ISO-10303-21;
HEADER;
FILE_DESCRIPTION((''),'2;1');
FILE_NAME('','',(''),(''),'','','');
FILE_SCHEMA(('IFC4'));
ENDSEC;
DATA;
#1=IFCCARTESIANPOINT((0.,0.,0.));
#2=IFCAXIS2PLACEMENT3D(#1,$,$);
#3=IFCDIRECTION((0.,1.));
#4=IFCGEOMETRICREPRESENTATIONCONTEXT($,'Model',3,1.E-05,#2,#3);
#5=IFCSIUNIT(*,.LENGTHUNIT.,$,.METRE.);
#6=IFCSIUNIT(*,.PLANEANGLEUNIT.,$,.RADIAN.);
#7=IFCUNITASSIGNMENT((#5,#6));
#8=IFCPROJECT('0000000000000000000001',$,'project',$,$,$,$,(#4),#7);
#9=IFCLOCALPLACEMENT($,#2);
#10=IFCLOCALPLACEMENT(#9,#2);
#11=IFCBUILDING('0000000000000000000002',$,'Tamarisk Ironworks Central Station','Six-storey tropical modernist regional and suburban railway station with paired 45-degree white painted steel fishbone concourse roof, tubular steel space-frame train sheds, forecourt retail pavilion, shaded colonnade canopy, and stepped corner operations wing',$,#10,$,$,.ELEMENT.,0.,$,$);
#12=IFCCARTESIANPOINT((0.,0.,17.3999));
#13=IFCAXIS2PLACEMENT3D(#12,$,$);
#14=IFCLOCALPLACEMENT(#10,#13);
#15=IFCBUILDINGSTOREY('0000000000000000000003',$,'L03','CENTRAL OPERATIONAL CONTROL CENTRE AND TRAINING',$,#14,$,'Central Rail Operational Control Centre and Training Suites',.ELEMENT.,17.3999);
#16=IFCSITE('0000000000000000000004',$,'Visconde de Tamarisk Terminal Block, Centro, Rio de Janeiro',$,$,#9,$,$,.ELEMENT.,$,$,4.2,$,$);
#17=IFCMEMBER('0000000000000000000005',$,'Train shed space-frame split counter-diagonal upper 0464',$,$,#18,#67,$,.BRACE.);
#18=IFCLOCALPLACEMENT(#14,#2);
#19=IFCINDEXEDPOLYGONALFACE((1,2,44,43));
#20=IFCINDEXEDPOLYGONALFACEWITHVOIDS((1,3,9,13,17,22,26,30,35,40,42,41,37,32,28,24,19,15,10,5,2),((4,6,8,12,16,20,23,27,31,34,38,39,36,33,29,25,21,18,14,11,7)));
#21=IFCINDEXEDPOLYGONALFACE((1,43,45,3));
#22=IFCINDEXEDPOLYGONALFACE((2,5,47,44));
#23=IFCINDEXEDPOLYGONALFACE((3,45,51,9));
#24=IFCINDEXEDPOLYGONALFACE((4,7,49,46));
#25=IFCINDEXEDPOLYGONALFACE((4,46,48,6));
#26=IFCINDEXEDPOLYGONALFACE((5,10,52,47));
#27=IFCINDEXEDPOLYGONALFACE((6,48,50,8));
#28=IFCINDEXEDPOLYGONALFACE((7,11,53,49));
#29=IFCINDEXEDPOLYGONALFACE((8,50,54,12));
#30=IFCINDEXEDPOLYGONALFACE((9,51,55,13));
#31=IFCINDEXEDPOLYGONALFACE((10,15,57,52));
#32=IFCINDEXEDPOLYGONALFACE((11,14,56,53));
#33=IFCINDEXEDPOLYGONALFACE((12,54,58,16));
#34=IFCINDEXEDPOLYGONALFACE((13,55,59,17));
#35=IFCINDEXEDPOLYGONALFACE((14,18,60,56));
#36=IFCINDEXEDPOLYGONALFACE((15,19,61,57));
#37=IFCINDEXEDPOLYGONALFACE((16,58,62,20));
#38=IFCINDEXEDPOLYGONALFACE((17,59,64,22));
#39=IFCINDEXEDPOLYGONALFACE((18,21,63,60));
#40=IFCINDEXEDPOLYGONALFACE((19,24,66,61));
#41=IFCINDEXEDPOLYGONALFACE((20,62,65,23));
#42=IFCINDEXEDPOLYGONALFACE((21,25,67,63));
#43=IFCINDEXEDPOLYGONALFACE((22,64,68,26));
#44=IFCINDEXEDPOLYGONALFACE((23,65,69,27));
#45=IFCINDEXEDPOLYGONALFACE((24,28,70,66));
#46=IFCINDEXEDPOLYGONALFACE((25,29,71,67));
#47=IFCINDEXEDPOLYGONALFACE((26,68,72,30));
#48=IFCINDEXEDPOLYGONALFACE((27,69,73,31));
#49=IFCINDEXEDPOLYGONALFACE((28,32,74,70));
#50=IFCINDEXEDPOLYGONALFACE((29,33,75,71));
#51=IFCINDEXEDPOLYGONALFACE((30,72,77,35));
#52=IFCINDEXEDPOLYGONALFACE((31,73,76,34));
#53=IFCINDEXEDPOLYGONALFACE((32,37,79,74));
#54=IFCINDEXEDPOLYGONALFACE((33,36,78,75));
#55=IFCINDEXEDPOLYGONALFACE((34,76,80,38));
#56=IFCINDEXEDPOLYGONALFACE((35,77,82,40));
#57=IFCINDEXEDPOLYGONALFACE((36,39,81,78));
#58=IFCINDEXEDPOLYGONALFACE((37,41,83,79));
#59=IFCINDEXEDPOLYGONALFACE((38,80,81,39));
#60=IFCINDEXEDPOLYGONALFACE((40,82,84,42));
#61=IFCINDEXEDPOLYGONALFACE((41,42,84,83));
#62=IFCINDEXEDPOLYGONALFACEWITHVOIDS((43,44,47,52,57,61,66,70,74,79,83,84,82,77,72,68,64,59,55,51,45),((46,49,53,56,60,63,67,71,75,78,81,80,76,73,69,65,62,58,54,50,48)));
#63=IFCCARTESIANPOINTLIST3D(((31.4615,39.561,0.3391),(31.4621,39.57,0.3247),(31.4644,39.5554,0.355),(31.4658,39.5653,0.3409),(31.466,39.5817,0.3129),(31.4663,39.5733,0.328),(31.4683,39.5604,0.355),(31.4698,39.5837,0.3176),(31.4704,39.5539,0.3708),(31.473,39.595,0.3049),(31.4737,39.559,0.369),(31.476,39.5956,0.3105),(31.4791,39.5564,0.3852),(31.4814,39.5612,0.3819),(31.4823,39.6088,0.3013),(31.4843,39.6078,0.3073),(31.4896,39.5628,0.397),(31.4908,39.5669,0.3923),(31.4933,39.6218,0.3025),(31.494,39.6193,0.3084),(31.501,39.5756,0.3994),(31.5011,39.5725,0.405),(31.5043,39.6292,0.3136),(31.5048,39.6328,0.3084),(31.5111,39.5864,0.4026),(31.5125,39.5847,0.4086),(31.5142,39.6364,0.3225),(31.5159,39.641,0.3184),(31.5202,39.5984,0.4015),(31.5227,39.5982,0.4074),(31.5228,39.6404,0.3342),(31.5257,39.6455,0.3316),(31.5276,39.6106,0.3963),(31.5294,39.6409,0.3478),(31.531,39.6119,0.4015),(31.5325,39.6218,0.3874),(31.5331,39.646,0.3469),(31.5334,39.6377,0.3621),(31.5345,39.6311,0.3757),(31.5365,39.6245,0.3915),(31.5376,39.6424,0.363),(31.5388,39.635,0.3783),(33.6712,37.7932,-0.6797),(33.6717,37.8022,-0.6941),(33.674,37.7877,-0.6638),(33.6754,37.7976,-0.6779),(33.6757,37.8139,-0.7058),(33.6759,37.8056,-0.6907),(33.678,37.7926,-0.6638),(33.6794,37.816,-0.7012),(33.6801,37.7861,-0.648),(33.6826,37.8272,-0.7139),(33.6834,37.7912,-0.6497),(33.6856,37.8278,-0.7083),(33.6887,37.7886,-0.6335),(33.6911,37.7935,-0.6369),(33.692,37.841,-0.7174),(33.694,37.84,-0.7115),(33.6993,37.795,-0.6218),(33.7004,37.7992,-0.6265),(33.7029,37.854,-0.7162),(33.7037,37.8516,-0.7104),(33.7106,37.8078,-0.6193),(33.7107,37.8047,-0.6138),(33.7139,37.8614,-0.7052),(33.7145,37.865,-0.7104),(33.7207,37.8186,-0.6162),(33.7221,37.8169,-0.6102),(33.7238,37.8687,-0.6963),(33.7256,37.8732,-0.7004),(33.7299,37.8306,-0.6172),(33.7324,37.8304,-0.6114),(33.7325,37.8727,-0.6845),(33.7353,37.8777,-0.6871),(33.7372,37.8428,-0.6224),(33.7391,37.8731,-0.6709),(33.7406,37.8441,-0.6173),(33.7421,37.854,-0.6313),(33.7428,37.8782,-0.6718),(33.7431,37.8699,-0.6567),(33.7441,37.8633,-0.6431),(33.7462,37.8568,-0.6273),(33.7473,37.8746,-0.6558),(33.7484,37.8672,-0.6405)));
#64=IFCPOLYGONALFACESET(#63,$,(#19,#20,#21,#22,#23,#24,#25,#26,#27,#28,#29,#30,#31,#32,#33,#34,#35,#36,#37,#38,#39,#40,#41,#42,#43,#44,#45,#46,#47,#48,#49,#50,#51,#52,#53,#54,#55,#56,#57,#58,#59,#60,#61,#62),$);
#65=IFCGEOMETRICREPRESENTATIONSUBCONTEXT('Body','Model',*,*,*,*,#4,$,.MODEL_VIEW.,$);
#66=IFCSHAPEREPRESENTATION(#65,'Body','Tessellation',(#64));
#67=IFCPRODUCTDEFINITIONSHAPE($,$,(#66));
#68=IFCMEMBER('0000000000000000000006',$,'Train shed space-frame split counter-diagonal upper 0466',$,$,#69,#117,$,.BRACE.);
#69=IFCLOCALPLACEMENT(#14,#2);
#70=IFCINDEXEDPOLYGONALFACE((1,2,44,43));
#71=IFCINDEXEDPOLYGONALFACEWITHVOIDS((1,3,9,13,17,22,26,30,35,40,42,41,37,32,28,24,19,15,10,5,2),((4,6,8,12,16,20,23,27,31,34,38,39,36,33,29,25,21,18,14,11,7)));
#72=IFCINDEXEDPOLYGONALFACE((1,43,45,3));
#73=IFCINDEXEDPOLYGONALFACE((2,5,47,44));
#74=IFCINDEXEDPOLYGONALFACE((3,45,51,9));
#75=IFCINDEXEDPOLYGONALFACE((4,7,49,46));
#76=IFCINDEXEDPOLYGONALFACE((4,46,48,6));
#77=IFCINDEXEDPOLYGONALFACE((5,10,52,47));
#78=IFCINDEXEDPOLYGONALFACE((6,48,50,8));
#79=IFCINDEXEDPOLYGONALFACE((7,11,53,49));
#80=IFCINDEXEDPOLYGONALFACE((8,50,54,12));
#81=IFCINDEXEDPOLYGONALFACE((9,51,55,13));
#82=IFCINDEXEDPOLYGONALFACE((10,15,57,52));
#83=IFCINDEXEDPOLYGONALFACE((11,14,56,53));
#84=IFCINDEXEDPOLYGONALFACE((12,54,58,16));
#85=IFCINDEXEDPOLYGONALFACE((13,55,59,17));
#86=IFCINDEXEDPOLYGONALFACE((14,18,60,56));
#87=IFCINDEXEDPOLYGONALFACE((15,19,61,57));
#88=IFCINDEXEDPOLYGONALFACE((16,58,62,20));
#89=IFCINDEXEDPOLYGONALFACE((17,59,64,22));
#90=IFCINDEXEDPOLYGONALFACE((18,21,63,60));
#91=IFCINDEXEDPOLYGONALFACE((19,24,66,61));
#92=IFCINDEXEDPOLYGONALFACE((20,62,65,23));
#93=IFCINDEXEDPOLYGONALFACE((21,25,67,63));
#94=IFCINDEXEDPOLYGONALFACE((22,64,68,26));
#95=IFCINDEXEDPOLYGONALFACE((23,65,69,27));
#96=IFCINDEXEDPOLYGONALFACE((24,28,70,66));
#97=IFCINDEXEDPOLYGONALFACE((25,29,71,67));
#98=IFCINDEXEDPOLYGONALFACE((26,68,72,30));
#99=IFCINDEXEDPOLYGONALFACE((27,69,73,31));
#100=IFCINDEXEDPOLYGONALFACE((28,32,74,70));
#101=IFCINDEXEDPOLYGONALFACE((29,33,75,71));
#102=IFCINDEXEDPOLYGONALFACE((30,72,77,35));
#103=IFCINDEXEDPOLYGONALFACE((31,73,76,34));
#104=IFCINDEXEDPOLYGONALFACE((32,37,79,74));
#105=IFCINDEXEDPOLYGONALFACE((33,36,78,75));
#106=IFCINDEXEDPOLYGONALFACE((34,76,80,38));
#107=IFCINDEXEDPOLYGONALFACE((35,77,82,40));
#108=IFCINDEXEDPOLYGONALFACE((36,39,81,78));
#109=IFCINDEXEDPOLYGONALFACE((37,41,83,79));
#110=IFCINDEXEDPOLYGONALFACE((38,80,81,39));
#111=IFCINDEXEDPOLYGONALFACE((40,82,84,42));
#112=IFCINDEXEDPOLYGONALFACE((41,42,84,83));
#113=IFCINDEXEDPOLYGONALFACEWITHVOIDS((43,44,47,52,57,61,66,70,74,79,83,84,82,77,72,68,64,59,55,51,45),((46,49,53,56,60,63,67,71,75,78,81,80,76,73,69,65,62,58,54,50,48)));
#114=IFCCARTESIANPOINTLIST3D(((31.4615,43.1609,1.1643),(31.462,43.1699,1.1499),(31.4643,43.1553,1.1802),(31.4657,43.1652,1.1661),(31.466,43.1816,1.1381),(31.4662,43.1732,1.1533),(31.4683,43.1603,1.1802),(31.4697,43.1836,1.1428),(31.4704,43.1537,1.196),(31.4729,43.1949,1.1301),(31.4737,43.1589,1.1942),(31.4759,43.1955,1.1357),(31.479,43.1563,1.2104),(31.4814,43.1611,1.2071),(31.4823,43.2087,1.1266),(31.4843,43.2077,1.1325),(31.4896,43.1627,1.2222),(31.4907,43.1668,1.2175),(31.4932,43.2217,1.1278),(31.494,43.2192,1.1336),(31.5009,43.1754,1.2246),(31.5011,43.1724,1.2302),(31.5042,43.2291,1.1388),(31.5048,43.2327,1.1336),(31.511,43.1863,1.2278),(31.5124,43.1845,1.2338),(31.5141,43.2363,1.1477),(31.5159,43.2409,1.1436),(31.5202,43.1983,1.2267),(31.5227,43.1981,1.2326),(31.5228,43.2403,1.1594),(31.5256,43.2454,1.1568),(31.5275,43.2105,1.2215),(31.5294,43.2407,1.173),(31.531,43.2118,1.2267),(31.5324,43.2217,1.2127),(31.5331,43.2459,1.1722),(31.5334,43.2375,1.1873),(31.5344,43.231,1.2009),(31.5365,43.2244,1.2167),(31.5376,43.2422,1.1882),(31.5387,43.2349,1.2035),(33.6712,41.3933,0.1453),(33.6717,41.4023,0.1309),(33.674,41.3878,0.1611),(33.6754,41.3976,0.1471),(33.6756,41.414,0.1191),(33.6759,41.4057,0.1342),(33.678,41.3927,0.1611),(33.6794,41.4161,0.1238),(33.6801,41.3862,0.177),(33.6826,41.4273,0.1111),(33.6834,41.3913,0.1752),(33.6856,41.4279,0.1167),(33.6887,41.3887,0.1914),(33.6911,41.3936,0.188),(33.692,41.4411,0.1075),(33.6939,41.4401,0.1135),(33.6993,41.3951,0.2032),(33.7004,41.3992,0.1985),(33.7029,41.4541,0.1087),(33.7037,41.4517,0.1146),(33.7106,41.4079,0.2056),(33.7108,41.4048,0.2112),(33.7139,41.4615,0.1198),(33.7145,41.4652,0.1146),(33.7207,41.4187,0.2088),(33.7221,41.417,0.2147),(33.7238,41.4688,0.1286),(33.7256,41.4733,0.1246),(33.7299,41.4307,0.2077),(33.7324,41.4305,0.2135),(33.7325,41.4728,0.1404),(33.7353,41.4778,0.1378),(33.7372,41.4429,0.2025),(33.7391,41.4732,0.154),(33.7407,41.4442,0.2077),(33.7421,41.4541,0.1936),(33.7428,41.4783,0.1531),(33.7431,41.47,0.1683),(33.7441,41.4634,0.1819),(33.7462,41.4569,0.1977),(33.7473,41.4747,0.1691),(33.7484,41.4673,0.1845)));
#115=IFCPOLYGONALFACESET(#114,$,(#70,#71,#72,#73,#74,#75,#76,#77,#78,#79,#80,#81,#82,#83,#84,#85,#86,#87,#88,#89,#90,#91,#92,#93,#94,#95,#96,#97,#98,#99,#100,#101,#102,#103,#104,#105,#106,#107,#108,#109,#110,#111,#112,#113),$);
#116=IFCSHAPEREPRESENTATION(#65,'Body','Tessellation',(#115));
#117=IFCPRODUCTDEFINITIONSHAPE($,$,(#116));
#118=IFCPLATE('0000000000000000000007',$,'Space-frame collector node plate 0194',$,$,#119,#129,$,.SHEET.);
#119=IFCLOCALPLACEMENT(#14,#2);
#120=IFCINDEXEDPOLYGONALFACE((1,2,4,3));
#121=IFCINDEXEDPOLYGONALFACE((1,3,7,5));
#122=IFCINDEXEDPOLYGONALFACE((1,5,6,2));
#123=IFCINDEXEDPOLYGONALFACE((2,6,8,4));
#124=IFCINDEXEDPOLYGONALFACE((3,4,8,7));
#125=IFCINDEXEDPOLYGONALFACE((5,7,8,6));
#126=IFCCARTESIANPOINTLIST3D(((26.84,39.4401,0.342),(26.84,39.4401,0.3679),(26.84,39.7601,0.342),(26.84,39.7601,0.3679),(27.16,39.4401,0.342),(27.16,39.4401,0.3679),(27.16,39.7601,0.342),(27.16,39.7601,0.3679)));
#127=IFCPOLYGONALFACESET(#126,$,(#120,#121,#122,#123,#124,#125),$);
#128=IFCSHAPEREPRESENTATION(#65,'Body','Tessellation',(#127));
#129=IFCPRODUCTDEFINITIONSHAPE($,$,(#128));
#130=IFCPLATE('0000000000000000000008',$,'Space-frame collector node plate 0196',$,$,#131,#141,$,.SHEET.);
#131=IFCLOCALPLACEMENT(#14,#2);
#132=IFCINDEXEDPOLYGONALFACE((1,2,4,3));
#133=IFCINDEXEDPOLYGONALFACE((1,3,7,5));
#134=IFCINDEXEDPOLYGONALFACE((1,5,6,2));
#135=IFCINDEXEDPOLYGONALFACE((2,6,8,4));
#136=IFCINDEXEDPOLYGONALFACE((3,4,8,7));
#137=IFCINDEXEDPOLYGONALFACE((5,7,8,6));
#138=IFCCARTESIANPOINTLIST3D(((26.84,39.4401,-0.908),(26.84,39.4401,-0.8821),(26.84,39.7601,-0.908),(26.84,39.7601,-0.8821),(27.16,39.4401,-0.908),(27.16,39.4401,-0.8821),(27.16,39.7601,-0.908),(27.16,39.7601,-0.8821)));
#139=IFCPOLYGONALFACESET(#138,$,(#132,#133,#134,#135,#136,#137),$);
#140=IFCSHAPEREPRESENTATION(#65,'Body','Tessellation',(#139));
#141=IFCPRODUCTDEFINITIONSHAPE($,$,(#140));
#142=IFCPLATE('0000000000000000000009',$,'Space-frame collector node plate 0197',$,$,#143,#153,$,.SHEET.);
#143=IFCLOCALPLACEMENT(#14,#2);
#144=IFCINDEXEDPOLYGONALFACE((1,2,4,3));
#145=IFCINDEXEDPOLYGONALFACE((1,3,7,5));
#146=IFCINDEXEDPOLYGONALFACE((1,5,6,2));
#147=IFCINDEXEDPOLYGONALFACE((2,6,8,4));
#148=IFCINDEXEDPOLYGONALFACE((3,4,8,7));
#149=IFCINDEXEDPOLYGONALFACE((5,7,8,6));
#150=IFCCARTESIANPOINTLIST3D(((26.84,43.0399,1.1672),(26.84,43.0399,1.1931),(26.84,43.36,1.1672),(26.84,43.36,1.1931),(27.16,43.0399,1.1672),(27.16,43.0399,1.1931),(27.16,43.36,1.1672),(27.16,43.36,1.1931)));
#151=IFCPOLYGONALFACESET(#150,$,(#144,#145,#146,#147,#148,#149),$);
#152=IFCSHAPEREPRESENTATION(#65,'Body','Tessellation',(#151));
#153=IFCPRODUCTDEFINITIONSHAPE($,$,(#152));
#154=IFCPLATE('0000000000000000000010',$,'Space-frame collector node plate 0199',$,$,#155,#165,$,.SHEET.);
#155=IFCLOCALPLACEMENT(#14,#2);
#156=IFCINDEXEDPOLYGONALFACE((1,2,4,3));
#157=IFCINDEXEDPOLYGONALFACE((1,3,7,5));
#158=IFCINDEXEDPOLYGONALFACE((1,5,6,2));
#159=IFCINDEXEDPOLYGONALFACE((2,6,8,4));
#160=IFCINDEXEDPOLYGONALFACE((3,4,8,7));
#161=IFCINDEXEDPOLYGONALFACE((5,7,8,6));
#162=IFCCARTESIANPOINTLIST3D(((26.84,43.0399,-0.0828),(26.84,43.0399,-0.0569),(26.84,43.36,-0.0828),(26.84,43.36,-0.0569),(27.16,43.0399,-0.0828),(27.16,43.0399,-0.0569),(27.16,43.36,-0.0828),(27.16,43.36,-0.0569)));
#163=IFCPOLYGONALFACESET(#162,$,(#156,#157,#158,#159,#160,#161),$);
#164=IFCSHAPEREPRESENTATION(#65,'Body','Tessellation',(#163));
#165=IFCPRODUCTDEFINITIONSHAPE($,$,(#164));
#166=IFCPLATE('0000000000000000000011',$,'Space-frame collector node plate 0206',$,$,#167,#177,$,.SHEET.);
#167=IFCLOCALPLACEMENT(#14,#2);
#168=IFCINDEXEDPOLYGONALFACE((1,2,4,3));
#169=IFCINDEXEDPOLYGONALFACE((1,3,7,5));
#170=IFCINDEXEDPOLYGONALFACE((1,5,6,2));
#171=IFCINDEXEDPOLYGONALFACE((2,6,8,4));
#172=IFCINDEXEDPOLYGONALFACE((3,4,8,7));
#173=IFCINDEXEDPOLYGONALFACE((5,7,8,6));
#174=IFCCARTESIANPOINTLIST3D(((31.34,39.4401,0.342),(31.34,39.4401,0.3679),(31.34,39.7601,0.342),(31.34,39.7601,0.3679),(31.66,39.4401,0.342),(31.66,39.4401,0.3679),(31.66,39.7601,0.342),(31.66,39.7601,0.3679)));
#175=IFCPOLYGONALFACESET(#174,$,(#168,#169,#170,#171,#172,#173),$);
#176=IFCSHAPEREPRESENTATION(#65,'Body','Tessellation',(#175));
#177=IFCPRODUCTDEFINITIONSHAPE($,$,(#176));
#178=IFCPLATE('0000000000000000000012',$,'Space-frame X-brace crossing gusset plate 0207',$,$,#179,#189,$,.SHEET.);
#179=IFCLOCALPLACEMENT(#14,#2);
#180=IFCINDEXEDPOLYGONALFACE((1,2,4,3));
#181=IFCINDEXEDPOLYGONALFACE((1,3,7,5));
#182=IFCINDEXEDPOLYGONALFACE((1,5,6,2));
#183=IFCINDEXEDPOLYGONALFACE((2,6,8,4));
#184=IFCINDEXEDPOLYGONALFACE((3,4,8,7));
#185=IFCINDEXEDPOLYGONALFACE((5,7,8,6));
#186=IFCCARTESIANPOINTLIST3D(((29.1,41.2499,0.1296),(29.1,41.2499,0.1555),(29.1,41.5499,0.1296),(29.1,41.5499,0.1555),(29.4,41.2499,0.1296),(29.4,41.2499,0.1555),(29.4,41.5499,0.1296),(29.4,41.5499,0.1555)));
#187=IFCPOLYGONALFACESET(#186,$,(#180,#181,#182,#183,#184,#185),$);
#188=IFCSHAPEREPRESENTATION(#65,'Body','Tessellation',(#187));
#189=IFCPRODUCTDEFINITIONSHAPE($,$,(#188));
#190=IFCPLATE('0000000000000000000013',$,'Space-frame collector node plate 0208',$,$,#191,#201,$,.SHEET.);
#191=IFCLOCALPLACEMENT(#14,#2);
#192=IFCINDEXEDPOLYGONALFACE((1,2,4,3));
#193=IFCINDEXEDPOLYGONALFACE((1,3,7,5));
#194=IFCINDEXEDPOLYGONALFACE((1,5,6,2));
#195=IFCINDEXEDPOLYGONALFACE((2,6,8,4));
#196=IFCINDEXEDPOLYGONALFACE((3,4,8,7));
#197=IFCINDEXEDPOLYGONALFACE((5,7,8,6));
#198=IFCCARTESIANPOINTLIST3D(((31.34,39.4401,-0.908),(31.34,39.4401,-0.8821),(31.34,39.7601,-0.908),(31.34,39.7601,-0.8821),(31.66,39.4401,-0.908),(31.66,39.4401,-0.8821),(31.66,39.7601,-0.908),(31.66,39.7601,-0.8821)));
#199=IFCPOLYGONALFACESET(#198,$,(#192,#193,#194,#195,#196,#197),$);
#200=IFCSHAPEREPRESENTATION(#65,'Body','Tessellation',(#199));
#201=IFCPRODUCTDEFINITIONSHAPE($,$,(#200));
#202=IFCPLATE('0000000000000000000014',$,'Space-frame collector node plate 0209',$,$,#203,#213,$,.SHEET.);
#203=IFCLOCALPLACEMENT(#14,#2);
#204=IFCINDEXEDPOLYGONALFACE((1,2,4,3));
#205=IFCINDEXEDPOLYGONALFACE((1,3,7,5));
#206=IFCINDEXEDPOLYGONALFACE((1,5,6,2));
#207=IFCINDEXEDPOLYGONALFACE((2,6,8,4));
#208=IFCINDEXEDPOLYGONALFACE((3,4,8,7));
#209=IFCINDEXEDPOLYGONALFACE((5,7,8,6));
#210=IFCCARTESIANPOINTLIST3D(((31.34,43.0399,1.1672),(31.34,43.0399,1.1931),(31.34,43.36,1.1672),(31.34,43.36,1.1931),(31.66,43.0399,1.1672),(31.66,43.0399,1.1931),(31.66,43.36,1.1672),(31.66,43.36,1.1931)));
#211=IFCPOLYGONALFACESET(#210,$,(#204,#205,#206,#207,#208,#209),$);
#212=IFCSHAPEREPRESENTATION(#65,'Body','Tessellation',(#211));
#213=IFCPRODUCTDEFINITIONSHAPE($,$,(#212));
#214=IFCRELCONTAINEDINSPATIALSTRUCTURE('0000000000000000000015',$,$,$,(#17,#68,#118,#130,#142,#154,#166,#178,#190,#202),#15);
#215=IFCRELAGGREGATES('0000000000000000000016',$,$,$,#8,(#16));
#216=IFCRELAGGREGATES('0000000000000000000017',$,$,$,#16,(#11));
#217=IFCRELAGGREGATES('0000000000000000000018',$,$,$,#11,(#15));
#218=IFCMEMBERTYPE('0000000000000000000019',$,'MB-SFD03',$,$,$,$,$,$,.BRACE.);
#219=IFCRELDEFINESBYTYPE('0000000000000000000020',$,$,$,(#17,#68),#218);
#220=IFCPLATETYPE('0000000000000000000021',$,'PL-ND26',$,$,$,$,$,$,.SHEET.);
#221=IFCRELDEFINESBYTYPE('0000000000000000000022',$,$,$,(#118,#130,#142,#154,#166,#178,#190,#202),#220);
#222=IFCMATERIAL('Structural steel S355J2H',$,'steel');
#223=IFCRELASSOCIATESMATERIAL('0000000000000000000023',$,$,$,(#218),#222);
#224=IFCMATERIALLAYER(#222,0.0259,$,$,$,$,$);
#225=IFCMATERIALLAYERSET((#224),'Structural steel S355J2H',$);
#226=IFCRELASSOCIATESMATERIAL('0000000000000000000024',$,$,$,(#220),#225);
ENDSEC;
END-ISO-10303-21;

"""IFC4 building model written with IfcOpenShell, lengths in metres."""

from ifc_helpers import new_model, si_unit, direction, frame, origin, origin_2d, place, context, subcontext, project, spatial, rectangle, hollow_circle, extrude, material, layer, layer_set, material_profile, profile_set, type_object, element, save


model = new_model("IFC4")

# Units and contexts
model_context = context("Model", 3, precision=1e-05, world=origin(), true_north=direction((0.0, 1.0)))
body_context = subcontext(model_context, "Body", "Model", "MODEL_VIEW")
ifc_project = project(units=[si_unit("LENGTHUNIT", "METRE"), si_unit("PLANEANGLEUNIT", "RADIAN")], contexts=[model_context])

# Site, building, storey
site_placement = place(None, origin())
site = spatial("IfcSite", under=ifc_project, at=site_placement, Name="Visconde de Tamarisk Terminal Block, Centro, Rio de Janeiro", CompositionType="ELEMENT", RefElevation=4.2)
building_placement = place(site_placement, origin())
building = spatial("IfcBuilding", under=site, at=building_placement, Name="Tamarisk Ironworks Central Station", Description="Six-storey tropical modernist regional and suburban railway station with paired 45-degree white painted steel fishbone concourse roof, tubular steel space-frame train sheds, forecourt retail pavilion, shaded colonnade canopy, and stepped corner operations wing", CompositionType="ELEMENT", ElevationOfRefHeight=0.0)
storey_placement = place(building_placement, frame((0.0, 0.0, 17.3999)))
storey = spatial("IfcBuildingStorey", under=building, at=storey_placement, Name="L03", Description="CENTRAL OPERATIONAL CONTROL CENTRE AND TRAINING", LongName="Central Rail Operational Control Centre and Training Suites", CompositionType="ELEMENT", Elevation=17.3999)

# Members
ifc_material = material(Name="Structural steel S355J2H", Category="steel")
ifc_material_profile_1 = material_profile(ifc_material, hollow_circle(Radius=0.0571, WallThickness=0.0063, at=origin_2d()), Name="CHS 114.3x6.3")
ifc_profile_set_1 = profile_set([ifc_material_profile_1], Name="Structural steel S355J2H")
member_type_1 = type_object("IfcMemberType", Name="MB-SFD03", PredefinedType="BRACE", material=ifc_profile_set_1)
for number, where, z_axis, x_axis, name in (
    (1, (33.7097, 37.8323, -0.6638), (-0.734697, 0.587774, 0.338735), (-0.624706, -0.78086, 0.0), "Train shed space-frame split counter-diagonal upper 0464"),
    (2, (33.7097, 41.4324, 0.1611), (-0.734712, 0.587705, 0.338823), (-0.624653, -0.780902, 0.0), "Train shed space-frame split counter-diagonal upper 0466"),
):
    element("IfcMember", number, at=place(storey_placement, frame(where, z_axis=z_axis, x_axis=x_axis)), inside=storey, type_object=member_type_1, Name=name, PredefinedType="BRACE", context=body_context, shape_type="SweptSolid", body=[
        extrude(hollow_circle(Radius=0.0571, WallThickness=0.0063, at=origin_2d()), origin(), (0.0, 0.0, 1.0), 3.0076),
    ])

# Plates
ifc_layer = layer(ifc_material, 0.0259)
ifc_layer_set = layer_set([ifc_layer], Name="Structural steel S355J2H")
plate_type = type_object("IfcPlateType", Name="PL-ND26", PredefinedType="SHEET", material=ifc_layer_set)
for number, where, z_axis, x_axis, name in (
    (3, (27.0, 39.6001, 0.342), (0.0, 0.0, 1.0), (1.0, 0.0, 0.0), "Space-frame collector node plate 0194"),
    (4, (27.0, 39.6001, -0.908), (0.0, 0.0, 1.0), (1.0, 0.0, 0.0), "Space-frame collector node plate 0196"),
    (5, (27.0, 43.2, 1.1672), (0.0, 0.0, 1.0), (1.0, 0.0, 0.0), "Space-frame collector node plate 0197"),
    (6, (27.0, 43.2, -0.0828), (0.0, 0.0, 1.0), (1.0, 0.0, 0.0), "Space-frame collector node plate 0199"),
    (7, (31.5, 39.6001, 0.342), (0.0, 0.0, 1.0), (1.0, 0.0, 0.0), "Space-frame collector node plate 0206"),
):
    element("IfcPlate", number, at=place(storey_placement, frame(where, z_axis=z_axis, x_axis=x_axis)), inside=storey, type_object=plate_type, Name=name, PredefinedType="SHEET", context=body_context, shape_type="SweptSolid", body=[
        extrude(rectangle(XDim=0.3201, YDim=0.3201, at=origin_2d()), origin(), (0.0, 0.0, 1.0), 0.0259),
    ])
plate_1_placement = place(storey_placement, frame((29.25, 41.3999, 0.1296), z_axis=(0.0, 0.0, 1.0), x_axis=(1.0, 0.0, 0.0)))
element("IfcPlate", 8, at=plate_1_placement, inside=storey, type_object=plate_type, Name="Space-frame X-brace crossing gusset plate 0207", PredefinedType="SHEET", context=body_context, shape_type="SweptSolid", body=[
    extrude(rectangle(XDim=0.3, YDim=0.3, at=origin_2d()), origin(), (0.0, 0.0, 1.0), 0.0259),
])
for number, where, z_axis, x_axis, name in (
    (9, (31.5, 39.6001, -0.908), (0.0, 0.0, 1.0), (1.0, 0.0, 0.0), "Space-frame collector node plate 0208"),
    (10, (31.5, 43.2, 1.1672), (0.0, 0.0, 1.0), (1.0, 0.0, 0.0), "Space-frame collector node plate 0209"),
):
    element("IfcPlate", number, at=place(storey_placement, frame(where, z_axis=z_axis, x_axis=x_axis)), inside=storey, type_object=plate_type, Name=name, PredefinedType="SHEET", context=body_context, shape_type="SweptSolid", body=[
        extrude(rectangle(XDim=0.3201, YDim=0.3201, at=origin_2d()), origin(), (0.0, 0.0, 1.0), 0.0259),
    ])

save(model, "model.ifc")
